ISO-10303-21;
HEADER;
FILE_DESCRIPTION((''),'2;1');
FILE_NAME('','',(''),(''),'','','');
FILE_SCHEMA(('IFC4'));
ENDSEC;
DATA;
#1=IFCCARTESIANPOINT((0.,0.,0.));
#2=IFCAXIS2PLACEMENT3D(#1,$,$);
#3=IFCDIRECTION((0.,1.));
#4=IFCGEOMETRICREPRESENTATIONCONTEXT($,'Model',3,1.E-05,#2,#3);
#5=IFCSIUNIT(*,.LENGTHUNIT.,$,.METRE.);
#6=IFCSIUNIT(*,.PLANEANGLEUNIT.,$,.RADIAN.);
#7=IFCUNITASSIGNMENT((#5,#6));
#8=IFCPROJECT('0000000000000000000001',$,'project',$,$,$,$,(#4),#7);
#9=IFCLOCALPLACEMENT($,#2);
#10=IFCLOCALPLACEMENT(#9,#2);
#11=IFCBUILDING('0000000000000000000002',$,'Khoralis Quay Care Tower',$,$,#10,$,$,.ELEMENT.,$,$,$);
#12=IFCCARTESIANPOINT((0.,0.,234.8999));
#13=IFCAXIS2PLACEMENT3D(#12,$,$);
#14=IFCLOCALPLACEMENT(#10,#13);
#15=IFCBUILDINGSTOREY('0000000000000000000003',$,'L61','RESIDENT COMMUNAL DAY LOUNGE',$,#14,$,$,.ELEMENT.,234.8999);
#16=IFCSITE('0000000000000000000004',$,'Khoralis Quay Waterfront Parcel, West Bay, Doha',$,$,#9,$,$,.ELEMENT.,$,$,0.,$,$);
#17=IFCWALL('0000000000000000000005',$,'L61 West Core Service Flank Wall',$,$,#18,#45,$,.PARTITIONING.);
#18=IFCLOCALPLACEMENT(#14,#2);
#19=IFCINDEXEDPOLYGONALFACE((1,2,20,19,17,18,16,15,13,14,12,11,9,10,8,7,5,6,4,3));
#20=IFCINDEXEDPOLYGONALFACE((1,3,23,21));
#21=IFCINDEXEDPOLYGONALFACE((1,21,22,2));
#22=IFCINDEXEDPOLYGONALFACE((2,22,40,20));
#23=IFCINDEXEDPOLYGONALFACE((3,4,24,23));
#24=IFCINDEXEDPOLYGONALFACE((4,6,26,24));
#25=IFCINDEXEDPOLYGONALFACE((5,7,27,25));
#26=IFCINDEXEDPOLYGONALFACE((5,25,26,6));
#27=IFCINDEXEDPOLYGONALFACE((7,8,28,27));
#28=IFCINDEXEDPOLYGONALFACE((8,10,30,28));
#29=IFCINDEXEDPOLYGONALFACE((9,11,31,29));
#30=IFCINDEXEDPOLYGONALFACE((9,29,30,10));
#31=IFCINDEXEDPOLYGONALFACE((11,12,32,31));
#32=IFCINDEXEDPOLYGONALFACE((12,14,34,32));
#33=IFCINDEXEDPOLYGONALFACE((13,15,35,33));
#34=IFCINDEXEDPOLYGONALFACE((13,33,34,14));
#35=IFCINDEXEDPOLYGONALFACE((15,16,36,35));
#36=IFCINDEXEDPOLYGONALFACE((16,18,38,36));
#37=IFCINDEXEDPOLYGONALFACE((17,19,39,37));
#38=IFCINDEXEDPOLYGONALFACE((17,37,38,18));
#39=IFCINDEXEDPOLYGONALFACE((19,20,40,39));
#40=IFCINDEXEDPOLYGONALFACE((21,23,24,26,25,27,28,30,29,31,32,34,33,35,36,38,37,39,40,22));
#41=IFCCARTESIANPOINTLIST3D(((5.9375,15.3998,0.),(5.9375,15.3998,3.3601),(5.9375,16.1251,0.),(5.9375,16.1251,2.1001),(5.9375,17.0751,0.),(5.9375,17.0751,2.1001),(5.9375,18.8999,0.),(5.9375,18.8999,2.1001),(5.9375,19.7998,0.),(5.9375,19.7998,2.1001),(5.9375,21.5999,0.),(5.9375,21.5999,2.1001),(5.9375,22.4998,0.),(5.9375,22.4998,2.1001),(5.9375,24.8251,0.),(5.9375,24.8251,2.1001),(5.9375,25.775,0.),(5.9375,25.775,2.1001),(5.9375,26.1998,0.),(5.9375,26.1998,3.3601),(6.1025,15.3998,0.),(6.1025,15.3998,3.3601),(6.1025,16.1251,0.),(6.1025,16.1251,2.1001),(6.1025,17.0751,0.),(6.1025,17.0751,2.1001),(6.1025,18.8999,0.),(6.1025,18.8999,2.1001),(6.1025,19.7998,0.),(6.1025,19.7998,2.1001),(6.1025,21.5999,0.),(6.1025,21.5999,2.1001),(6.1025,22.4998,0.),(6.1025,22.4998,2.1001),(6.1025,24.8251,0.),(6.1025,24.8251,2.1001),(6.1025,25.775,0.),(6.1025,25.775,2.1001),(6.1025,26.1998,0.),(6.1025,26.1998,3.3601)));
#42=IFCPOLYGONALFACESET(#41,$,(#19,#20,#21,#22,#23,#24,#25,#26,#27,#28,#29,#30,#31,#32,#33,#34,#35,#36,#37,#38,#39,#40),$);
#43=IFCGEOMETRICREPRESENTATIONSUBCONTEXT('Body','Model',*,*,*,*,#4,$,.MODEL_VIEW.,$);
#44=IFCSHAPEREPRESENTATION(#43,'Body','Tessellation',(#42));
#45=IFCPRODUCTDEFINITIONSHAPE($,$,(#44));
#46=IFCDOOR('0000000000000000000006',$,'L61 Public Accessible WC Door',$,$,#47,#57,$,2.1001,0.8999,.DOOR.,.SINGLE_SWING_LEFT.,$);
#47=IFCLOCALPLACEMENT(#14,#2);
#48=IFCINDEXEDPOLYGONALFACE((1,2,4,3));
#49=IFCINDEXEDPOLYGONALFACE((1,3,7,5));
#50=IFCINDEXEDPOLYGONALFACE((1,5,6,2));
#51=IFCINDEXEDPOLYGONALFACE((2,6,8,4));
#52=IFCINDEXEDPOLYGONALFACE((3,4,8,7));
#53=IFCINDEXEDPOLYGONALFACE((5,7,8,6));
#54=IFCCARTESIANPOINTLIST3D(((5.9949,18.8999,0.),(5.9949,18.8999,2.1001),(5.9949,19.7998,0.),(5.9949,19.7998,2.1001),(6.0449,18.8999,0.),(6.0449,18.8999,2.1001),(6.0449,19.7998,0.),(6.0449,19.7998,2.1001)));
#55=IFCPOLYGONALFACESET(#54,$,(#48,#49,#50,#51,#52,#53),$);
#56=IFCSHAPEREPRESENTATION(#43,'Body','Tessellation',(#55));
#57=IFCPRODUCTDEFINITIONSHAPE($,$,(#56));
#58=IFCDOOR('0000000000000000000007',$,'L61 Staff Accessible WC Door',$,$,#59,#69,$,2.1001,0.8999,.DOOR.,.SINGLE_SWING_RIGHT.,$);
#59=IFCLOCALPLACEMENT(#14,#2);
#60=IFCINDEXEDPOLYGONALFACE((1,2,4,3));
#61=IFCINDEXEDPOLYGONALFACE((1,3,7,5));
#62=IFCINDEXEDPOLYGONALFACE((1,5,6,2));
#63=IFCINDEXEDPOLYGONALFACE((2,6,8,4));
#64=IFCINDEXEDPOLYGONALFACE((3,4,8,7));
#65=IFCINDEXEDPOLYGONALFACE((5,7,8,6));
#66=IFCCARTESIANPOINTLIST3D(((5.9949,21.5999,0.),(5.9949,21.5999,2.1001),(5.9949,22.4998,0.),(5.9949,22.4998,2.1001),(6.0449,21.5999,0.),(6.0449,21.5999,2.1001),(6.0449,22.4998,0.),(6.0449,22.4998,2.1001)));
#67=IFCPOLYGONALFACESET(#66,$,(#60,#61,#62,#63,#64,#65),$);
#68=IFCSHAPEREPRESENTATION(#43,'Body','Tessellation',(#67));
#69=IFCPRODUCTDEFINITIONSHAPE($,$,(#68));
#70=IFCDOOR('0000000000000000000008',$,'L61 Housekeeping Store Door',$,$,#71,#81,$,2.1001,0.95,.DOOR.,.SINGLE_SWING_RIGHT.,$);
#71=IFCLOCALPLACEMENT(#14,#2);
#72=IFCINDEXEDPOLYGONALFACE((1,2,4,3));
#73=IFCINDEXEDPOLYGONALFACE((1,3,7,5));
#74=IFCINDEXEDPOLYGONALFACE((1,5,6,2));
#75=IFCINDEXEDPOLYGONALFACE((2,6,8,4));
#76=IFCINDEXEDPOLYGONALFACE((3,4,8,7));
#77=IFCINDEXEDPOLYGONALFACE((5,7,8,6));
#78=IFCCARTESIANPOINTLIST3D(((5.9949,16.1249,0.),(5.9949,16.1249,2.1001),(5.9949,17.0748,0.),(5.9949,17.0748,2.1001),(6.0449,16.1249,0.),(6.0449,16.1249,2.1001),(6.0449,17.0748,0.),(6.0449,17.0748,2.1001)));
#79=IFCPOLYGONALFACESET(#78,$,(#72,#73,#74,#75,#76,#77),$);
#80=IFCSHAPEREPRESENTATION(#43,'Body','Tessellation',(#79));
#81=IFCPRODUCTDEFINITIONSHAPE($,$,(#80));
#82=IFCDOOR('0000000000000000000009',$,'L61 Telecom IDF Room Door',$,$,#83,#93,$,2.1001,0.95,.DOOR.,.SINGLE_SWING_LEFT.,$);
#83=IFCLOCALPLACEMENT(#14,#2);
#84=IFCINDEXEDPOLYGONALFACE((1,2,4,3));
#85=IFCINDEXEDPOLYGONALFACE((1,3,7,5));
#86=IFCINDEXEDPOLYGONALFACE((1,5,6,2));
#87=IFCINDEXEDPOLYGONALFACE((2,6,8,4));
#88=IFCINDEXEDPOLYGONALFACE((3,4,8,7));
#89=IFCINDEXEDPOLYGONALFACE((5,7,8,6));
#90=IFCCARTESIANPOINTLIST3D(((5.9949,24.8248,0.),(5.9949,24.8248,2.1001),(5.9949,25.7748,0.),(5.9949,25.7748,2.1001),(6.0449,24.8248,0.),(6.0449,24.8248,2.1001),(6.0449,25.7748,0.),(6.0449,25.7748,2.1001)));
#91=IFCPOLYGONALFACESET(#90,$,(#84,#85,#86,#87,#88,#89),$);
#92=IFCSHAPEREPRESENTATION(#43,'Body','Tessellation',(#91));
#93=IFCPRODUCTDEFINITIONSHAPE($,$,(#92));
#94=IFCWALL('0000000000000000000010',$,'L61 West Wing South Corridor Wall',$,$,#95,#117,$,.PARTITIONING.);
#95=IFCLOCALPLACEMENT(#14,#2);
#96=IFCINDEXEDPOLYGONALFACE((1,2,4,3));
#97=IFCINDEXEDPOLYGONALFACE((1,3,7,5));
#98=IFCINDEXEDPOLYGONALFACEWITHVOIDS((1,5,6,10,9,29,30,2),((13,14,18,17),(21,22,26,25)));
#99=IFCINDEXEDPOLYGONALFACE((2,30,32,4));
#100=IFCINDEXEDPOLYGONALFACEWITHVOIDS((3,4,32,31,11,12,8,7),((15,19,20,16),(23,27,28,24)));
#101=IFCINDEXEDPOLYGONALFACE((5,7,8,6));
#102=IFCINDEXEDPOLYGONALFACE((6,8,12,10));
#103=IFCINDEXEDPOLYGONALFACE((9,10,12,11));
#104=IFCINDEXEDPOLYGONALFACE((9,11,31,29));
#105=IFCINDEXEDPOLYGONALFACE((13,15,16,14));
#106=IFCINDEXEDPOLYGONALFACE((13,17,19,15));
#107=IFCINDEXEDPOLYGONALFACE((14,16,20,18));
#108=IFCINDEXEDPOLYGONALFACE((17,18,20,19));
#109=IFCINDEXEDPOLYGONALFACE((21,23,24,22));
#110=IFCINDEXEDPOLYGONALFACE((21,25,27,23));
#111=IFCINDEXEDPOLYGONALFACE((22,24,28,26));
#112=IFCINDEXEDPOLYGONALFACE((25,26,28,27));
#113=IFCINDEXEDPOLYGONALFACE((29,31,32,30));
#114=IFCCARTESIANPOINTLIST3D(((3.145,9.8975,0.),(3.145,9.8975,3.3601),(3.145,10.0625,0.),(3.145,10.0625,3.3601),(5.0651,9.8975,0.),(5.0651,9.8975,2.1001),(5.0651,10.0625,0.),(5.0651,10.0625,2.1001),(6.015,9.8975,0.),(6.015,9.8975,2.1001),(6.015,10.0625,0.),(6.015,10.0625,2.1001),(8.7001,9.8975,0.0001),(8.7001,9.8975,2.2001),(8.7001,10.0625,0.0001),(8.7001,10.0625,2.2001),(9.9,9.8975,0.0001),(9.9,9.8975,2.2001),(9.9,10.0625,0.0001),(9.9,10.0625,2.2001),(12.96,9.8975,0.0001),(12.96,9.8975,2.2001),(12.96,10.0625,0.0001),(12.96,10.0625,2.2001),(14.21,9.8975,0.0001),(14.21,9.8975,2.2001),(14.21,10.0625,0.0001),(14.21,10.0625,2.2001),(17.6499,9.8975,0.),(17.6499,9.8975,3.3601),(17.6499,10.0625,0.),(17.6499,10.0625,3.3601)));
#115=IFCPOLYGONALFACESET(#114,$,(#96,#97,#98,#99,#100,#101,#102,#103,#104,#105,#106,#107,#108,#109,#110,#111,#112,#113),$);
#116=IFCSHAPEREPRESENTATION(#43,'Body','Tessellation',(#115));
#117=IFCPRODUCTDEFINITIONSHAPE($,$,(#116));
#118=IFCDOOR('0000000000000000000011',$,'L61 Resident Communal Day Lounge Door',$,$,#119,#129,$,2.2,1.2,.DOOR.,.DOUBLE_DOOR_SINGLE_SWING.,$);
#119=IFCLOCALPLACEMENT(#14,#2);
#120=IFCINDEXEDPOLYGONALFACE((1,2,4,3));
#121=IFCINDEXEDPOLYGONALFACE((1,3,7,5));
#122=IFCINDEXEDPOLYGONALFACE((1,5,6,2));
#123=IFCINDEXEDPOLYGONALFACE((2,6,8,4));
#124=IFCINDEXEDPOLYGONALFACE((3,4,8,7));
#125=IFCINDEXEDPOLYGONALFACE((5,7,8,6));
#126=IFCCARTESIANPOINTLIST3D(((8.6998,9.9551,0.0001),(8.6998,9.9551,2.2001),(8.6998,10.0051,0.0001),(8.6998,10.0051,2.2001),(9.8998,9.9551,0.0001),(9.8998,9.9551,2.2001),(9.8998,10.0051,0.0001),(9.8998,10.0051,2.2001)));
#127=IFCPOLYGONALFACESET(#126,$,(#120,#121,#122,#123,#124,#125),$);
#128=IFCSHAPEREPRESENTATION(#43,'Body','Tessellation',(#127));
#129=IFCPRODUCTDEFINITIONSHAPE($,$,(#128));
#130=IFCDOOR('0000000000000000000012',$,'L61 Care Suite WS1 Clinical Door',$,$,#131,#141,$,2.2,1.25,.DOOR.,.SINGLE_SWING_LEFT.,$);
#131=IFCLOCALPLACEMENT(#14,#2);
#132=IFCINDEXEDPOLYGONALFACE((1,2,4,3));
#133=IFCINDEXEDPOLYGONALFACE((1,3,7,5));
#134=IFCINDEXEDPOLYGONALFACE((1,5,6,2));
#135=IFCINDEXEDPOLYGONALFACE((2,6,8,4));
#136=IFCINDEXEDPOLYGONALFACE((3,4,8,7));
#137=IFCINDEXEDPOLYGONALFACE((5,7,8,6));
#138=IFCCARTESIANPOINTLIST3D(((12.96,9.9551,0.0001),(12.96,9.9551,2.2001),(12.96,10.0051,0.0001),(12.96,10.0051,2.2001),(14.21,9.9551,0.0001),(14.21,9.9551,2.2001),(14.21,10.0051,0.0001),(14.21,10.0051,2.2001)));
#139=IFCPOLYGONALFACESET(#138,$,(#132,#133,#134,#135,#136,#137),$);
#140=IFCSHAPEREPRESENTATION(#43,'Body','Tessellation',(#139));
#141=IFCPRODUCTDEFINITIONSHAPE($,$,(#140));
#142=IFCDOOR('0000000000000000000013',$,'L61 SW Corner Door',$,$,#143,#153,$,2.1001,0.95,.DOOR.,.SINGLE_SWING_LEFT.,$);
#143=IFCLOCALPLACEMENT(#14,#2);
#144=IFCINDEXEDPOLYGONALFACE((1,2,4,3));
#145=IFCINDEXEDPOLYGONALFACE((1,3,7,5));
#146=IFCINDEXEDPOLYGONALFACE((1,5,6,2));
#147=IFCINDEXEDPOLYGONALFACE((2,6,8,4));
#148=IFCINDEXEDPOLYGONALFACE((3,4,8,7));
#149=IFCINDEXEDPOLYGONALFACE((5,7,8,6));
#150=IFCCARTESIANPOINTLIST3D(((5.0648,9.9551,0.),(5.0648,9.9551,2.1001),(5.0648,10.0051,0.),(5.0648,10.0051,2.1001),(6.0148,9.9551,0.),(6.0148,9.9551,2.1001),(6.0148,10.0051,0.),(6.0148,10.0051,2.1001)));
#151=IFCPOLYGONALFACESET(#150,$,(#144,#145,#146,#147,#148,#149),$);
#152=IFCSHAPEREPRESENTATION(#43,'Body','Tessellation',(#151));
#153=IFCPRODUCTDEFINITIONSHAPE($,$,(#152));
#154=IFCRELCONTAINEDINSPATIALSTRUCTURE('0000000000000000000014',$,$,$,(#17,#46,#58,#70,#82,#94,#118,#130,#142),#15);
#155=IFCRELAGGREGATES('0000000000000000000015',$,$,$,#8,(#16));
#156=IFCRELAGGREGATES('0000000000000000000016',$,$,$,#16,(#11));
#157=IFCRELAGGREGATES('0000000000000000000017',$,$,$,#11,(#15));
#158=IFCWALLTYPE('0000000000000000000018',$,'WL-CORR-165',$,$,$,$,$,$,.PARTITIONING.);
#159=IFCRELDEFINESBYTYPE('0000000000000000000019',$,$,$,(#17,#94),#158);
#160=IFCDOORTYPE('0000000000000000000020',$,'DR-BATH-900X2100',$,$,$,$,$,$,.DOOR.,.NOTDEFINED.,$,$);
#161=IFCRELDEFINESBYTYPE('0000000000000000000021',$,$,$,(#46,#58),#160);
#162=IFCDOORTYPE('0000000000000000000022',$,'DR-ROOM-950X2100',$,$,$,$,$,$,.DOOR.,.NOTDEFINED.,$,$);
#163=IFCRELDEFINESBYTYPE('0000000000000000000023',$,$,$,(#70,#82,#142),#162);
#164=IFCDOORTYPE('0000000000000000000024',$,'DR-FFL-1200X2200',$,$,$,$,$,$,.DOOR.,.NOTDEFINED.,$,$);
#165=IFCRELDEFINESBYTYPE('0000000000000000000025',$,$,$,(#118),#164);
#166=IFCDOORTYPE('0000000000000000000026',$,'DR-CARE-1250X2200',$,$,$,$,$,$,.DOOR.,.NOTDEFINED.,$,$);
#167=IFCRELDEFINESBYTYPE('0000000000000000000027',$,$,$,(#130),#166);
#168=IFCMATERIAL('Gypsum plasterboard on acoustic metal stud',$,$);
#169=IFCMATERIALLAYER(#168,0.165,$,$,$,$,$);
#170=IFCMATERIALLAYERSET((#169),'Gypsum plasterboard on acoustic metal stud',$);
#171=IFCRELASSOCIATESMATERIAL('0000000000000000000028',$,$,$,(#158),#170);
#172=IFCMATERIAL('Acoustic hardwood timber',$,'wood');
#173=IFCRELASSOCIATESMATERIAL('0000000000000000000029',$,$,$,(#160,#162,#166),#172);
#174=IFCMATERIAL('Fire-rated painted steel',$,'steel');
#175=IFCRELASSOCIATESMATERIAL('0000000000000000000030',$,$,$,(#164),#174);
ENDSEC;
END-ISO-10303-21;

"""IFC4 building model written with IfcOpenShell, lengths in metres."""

from ifc_helpers import new_model, si_unit, direction, frame, frame_2d, origin, place, context, subcontext, project, spatial, rectangle, extrude, source, transform, mapped, material, layer, layer_set, type_object, element, fill, save


model = new_model("IFC4")

# Units and contexts
model_context = context("Model", 3, precision=1e-05, world=origin(), true_north=direction((0.0, 1.0)))
body_context = subcontext(model_context, "Body", "Model", "MODEL_VIEW")
ifc_project = project(units=[si_unit("LENGTHUNIT", "METRE"), si_unit("PLANEANGLEUNIT", "RADIAN")], contexts=[model_context])

# Site, building, storey
site_placement = place(None, origin())
site = spatial("IfcSite", under=ifc_project, at=site_placement, Name="Khoralis Quay Waterfront Parcel, West Bay, Doha", CompositionType="ELEMENT", RefElevation=0.0)
building_placement = place(site_placement, origin())
building = spatial("IfcBuilding", under=site, at=building_placement, Name="Khoralis Quay Care Tower", CompositionType="ELEMENT")
storey_placement = place(building_placement, frame((0.0, 0.0, 234.8999)))
storey = spatial("IfcBuildingStorey", under=building, at=storey_placement, Name="L61", Description="RESIDENT COMMUNAL DAY LOUNGE", CompositionType="ELEMENT", Elevation=234.8999)

# Walls, openings, doors
ifc_material_1 = material(Name="Gypsum plasterboard on acoustic metal stud")
ifc_layer_1 = layer(ifc_material_1, 0.165)
ifc_layer_set_1 = layer_set([ifc_layer_1], Name="Gypsum plasterboard on acoustic metal stud")
wall_type_1 = type_object("IfcWallType", Name="WL-CORR-165", PredefinedType="PARTITIONING", material=ifc_layer_set_1)
wall_1_placement = place(storey_placement, frame((6.02, 15.3999, 0.0), z_axis=(0.0, 0.0, 1.0), x_axis=(0.0, 1.0, 0.0)))
wall_1 = element("IfcWall", 1, at=wall_1_placement, inside=storey, type_object=wall_type_1, Name="L61 West Core Service Flank Wall", PredefinedType="PARTITIONING", context=body_context, shape_type="SweptSolid", body=[
    extrude(rectangle(XDim=10.8, YDim=0.165, at=frame_2d((5.3999, 0.0))), origin(), (0.0, 0.0, 1.0), 3.3601),
])
opening_1_placement = place(wall_1_placement, frame((0.7251, 0.0, 0.0)))
opening_1 = element("IfcOpeningElement", 2, at=opening_1_placement, cuts=wall_1, PredefinedType="OPENING", context=body_context, shape_type="SweptSolid", body=[
    extrude(rectangle(XDim=0.95, YDim=2.1001, at=frame_2d((0.4751, 1.05))), frame((0.0, 0.0925, 0.0), z_axis=(0.0, -1.0, 0.0), x_axis=(1.0, 0.0, 0.0)), (0.0, 0.0, 1.0), 0.1851),
])
opening_2_placement = place(wall_1_placement, frame((3.5, 0.0, 0.0)))
opening_2 = element("IfcOpeningElement", 3, at=opening_2_placement, cuts=wall_1, PredefinedType="OPENING", context=body_context, shape_type="SweptSolid", body=[
    extrude(rectangle(XDim=0.8999, YDim=2.1001, at=frame_2d((0.45, 1.05))), frame((0.0, 0.0925, 0.0), z_axis=(0.0, -1.0, 0.0), x_axis=(1.0, 0.0, 0.0)), (0.0, 0.0, 1.0), 0.1851),
])
opening_3_placement = place(wall_1_placement, frame((6.2, 0.0, 0.0)))
opening_3 = element("IfcOpeningElement", 4, at=opening_3_placement, cuts=wall_1, PredefinedType="OPENING", context=body_context, shape_type="SweptSolid", body=[
    extrude(rectangle(XDim=0.8999, YDim=2.1001, at=frame_2d((0.45, 1.05))), frame((0.0, 0.0925, 0.0), z_axis=(0.0, -1.0, 0.0), x_axis=(1.0, 0.0, 0.0)), (0.0, 0.0, 1.0), 0.1851),
])
opening_4_placement = place(wall_1_placement, frame((9.425, 0.0, 0.0)))
opening_4 = element("IfcOpeningElement", 5, at=opening_4_placement, cuts=wall_1, PredefinedType="OPENING", context=body_context, shape_type="SweptSolid", body=[
    extrude(rectangle(XDim=0.95, YDim=2.1001, at=frame_2d((0.4751, 1.05))), frame((0.0, 0.0925, 0.0), z_axis=(0.0, -1.0, 0.0), x_axis=(1.0, 0.0, 0.0)), (0.0, 0.0, 1.0), 0.1851),
])
ifc_material_2 = material(Name="Acoustic hardwood timber", Category="wood")
door_type_1 = type_object("IfcDoorType", Name="DR-BATH-900X2100", OperationType="NOTDEFINED", PredefinedType="DOOR", material=ifc_material_2)
shared_shape_1 = source(origin(), body_context, "Body", "SweptSolid", [
    extrude(rectangle(XDim=0.8999, YDim=2.1001, at=frame_2d((0.45, 1.05))), frame((0.0, 0.0249, 0.0), z_axis=(0.0, -1.0, 0.0), x_axis=(1.0, 0.0, 0.0)), (0.0, 0.0, 1.0), 0.05),
])
door_1_placement = place(opening_2_placement, frame((0.8999, 0.0, 0.0), z_axis=(0.0, 0.0, 1.0), x_axis=(-1.0, 0.0, 0.0)))
door_1 = element("IfcDoor", 6, at=door_1_placement, inside=storey, type_object=door_type_1, Name="L61 Public Accessible WC Door", OperationType="SINGLE_SWING_LEFT", OverallHeight=2.1001, OverallWidth=0.8999, PredefinedType="DOOR", context=body_context, shape_type="MappedRepresentation", body=[
    mapped(shared_shape_1, transform((0.0, 0.0, 0.0), scale=1.0)),
])
fill(opening_2, door_1)
door_2_placement = place(opening_3_placement, frame((0.8999, 0.0, 0.0), z_axis=(0.0, 0.0, 1.0), x_axis=(-1.0, 0.0, 0.0)))
door_2 = element("IfcDoor", 7, at=door_2_placement, inside=storey, type_object=door_type_1, Name="L61 Staff Accessible WC Door", OperationType="SINGLE_SWING_RIGHT", OverallHeight=2.1001, OverallWidth=0.8999, PredefinedType="DOOR", context=body_context, shape_type="MappedRepresentation", body=[
    mapped(shared_shape_1, transform((0.0, 0.0, 0.0), scale=1.0)),
])
fill(opening_3, door_2)
door_type_2 = type_object("IfcDoorType", Name="DR-ROOM-950X2100", OperationType="NOTDEFINED", PredefinedType="DOOR", material=ifc_material_2)
shared_shape_2 = source(origin(), body_context, "Body", "SweptSolid", [
    extrude(rectangle(XDim=0.95, YDim=2.1001, at=frame_2d((0.4751, 1.05))), frame((0.0, 0.0249, 0.0), z_axis=(0.0, -1.0, 0.0), x_axis=(1.0, 0.0, 0.0)), (0.0, 0.0, 1.0), 0.05),
])
door_3_placement = place(opening_1_placement, frame((0.95, 0.0, 0.0), z_axis=(0.0, 0.0, 1.0), x_axis=(-1.0, 0.0, 0.0)))
door_3 = element("IfcDoor", 8, at=door_3_placement, inside=storey, type_object=door_type_2, Name="L61 Housekeeping Store Door", OperationType="SINGLE_SWING_RIGHT", OverallHeight=2.1001, OverallWidth=0.95, PredefinedType="DOOR", context=body_context, shape_type="MappedRepresentation", body=[
    mapped(shared_shape_2, transform((0.0, 0.0, 0.0), scale=1.0)),
])
fill(opening_1, door_3)
door_4_placement = place(opening_4_placement, frame((0.95, 0.0, 0.0), z_axis=(0.0, 0.0, 1.0), x_axis=(-1.0, 0.0, 0.0)))
door_4 = element("IfcDoor", 9, at=door_4_placement, inside=storey, type_object=door_type_2, Name="L61 Telecom IDF Room Door", OperationType="SINGLE_SWING_LEFT", OverallHeight=2.1001, OverallWidth=0.95, PredefinedType="DOOR", context=body_context, shape_type="MappedRepresentation", body=[
    mapped(shared_shape_2, transform((0.0, 0.0, 0.0), scale=1.0)),
])
fill(opening_4, door_4)
wall_2_placement = place(storey_placement, frame((3.145, 9.98, 0.0), z_axis=(0.0, 0.0, 1.0), x_axis=(1.0, 0.0, 0.0)))
wall_2 = element("IfcWall", 10, at=wall_2_placement, inside=storey, type_object=wall_type_1, Name="L61 West Wing South Corridor Wall", PredefinedType="PARTITIONING", context=body_context, shape_type="SweptSolid", body=[
    extrude(rectangle(XDim=14.5049, YDim=0.165, at=frame_2d((7.2524, 0.0))), origin(), (0.0, 0.0, 1.0), 3.3601),
])
opening_5_placement = place(wall_2_placement, frame((5.5549, 0.0, 0.0)))
opening_5 = element("IfcOpeningElement", 11, at=opening_5_placement, cuts=wall_2, PredefinedType="OPENING", context=body_context, shape_type="SweptSolid", body=[
    extrude(rectangle(XDim=1.2, YDim=2.2, at=frame_2d((0.6001, 1.1001))), frame((0.0, 0.0925, 0.0), z_axis=(0.0, -1.0, 0.0), x_axis=(1.0, 0.0, 0.0)), (0.0, 0.0, 1.0), 0.1851),
])
opening_6_placement = place(wall_2_placement, frame((9.8149, 0.0, 0.0)))
opening_6 = element("IfcOpeningElement", 12, at=opening_6_placement, cuts=wall_2, PredefinedType="OPENING", context=body_context, shape_type="SweptSolid", body=[
    extrude(rectangle(XDim=1.25, YDim=2.2, at=frame_2d((0.625, 1.1001))), frame((0.0, 0.0925, 0.0), z_axis=(0.0, -1.0, 0.0), x_axis=(1.0, 0.0, 0.0)), (0.0, 0.0, 1.0), 0.1851),
])
opening_7_placement = place(wall_2_placement, frame((1.9199, 0.0, 0.0)))
opening_7 = element("IfcOpeningElement", 13, at=opening_7_placement, cuts=wall_2, PredefinedType="OPENING", context=body_context, shape_type="SweptSolid", body=[
    extrude(rectangle(XDim=0.95, YDim=2.1001, at=frame_2d((0.4751, 1.05))), frame((0.0, 0.0925, 0.0), z_axis=(0.0, -1.0, 0.0), x_axis=(1.0, 0.0, 0.0)), (0.0, 0.0, 1.0), 0.1851),
])
ifc_material_3 = material(Name="Fire-rated painted steel", Category="steel")
door_type_3 = type_object("IfcDoorType", Name="DR-FFL-1200X2200", OperationType="NOTDEFINED", PredefinedType="DOOR", material=ifc_material_3)
shared_shape_3 = source(origin(), body_context, "Body", "SweptSolid", [
    extrude(rectangle(XDim=1.2, YDim=2.2, at=frame_2d((0.6001, 1.1001))), frame((0.0, 0.0249, 0.0), z_axis=(0.0, -1.0, 0.0), x_axis=(1.0, 0.0, 0.0)), (0.0, 0.0, 1.0), 0.05),
])
door_5_placement = place(opening_5_placement, frame((1.2, 0.0, 0.0), z_axis=(0.0, 0.0, 1.0), x_axis=(-1.0, 0.0, 0.0)))
door_5 = element("IfcDoor", 14, at=door_5_placement, inside=storey, type_object=door_type_3, Name="L61 Resident Communal Day Lounge Door", OperationType="DOUBLE_DOOR_SINGLE_SWING", OverallHeight=2.2, OverallWidth=1.2, PredefinedType="DOOR", context=body_context, shape_type="MappedRepresentation", body=[
    mapped(shared_shape_3, transform((0.0, 0.0, 0.0), scale=1.0)),
])
fill(opening_5, door_5)
door_type_4 = type_object("IfcDoorType", Name="DR-CARE-1250X2200", OperationType="NOTDEFINED", PredefinedType="DOOR", material=ifc_material_2)
shared_shape_4 = source(origin(), body_context, "Body", "SweptSolid", [
    extrude(rectangle(XDim=1.25, YDim=2.2, at=frame_2d((0.625, 1.1001))), frame((0.0, 0.0249, 0.0), z_axis=(0.0, -1.0, 0.0), x_axis=(1.0, 0.0, 0.0)), (0.0, 0.0, 1.0), 0.05),
])
door_6_placement = place(opening_6_placement, frame((1.25, 0.0, 0.0), z_axis=(0.0, 0.0, 1.0), x_axis=(-1.0, 0.0, 0.0)))
door_6 = element("IfcDoor", 15, at=door_6_placement, inside=storey, type_object=door_type_4, Name="L61 Care Suite WS1 Clinical Door", OperationType="SINGLE_SWING_LEFT", OverallHeight=2.2, OverallWidth=1.25, PredefinedType="DOOR", context=body_context, shape_type="MappedRepresentation", body=[
    mapped(shared_shape_4, transform((0.0, 0.0, 0.0), scale=1.0)),
])
fill(opening_6, door_6)
door_7_placement = place(opening_7_placement, frame((0.95, 0.0, 0.0), z_axis=(0.0, 0.0, 1.0), x_axis=(-1.0, 0.0, 0.0)))
door_7 = element("IfcDoor", 16, at=door_7_placement, inside=storey, type_object=door_type_2, Name="L61 SW Corner Door", OperationType="SINGLE_SWING_LEFT", OverallHeight=2.1001, OverallWidth=0.95, PredefinedType="DOOR", context=body_context, shape_type="MappedRepresentation", body=[
    mapped(shared_shape_2, transform((0.0, 0.0, 0.0), scale=1.0)),
])
fill(opening_7, door_7)

save(model, "model.ifc")
